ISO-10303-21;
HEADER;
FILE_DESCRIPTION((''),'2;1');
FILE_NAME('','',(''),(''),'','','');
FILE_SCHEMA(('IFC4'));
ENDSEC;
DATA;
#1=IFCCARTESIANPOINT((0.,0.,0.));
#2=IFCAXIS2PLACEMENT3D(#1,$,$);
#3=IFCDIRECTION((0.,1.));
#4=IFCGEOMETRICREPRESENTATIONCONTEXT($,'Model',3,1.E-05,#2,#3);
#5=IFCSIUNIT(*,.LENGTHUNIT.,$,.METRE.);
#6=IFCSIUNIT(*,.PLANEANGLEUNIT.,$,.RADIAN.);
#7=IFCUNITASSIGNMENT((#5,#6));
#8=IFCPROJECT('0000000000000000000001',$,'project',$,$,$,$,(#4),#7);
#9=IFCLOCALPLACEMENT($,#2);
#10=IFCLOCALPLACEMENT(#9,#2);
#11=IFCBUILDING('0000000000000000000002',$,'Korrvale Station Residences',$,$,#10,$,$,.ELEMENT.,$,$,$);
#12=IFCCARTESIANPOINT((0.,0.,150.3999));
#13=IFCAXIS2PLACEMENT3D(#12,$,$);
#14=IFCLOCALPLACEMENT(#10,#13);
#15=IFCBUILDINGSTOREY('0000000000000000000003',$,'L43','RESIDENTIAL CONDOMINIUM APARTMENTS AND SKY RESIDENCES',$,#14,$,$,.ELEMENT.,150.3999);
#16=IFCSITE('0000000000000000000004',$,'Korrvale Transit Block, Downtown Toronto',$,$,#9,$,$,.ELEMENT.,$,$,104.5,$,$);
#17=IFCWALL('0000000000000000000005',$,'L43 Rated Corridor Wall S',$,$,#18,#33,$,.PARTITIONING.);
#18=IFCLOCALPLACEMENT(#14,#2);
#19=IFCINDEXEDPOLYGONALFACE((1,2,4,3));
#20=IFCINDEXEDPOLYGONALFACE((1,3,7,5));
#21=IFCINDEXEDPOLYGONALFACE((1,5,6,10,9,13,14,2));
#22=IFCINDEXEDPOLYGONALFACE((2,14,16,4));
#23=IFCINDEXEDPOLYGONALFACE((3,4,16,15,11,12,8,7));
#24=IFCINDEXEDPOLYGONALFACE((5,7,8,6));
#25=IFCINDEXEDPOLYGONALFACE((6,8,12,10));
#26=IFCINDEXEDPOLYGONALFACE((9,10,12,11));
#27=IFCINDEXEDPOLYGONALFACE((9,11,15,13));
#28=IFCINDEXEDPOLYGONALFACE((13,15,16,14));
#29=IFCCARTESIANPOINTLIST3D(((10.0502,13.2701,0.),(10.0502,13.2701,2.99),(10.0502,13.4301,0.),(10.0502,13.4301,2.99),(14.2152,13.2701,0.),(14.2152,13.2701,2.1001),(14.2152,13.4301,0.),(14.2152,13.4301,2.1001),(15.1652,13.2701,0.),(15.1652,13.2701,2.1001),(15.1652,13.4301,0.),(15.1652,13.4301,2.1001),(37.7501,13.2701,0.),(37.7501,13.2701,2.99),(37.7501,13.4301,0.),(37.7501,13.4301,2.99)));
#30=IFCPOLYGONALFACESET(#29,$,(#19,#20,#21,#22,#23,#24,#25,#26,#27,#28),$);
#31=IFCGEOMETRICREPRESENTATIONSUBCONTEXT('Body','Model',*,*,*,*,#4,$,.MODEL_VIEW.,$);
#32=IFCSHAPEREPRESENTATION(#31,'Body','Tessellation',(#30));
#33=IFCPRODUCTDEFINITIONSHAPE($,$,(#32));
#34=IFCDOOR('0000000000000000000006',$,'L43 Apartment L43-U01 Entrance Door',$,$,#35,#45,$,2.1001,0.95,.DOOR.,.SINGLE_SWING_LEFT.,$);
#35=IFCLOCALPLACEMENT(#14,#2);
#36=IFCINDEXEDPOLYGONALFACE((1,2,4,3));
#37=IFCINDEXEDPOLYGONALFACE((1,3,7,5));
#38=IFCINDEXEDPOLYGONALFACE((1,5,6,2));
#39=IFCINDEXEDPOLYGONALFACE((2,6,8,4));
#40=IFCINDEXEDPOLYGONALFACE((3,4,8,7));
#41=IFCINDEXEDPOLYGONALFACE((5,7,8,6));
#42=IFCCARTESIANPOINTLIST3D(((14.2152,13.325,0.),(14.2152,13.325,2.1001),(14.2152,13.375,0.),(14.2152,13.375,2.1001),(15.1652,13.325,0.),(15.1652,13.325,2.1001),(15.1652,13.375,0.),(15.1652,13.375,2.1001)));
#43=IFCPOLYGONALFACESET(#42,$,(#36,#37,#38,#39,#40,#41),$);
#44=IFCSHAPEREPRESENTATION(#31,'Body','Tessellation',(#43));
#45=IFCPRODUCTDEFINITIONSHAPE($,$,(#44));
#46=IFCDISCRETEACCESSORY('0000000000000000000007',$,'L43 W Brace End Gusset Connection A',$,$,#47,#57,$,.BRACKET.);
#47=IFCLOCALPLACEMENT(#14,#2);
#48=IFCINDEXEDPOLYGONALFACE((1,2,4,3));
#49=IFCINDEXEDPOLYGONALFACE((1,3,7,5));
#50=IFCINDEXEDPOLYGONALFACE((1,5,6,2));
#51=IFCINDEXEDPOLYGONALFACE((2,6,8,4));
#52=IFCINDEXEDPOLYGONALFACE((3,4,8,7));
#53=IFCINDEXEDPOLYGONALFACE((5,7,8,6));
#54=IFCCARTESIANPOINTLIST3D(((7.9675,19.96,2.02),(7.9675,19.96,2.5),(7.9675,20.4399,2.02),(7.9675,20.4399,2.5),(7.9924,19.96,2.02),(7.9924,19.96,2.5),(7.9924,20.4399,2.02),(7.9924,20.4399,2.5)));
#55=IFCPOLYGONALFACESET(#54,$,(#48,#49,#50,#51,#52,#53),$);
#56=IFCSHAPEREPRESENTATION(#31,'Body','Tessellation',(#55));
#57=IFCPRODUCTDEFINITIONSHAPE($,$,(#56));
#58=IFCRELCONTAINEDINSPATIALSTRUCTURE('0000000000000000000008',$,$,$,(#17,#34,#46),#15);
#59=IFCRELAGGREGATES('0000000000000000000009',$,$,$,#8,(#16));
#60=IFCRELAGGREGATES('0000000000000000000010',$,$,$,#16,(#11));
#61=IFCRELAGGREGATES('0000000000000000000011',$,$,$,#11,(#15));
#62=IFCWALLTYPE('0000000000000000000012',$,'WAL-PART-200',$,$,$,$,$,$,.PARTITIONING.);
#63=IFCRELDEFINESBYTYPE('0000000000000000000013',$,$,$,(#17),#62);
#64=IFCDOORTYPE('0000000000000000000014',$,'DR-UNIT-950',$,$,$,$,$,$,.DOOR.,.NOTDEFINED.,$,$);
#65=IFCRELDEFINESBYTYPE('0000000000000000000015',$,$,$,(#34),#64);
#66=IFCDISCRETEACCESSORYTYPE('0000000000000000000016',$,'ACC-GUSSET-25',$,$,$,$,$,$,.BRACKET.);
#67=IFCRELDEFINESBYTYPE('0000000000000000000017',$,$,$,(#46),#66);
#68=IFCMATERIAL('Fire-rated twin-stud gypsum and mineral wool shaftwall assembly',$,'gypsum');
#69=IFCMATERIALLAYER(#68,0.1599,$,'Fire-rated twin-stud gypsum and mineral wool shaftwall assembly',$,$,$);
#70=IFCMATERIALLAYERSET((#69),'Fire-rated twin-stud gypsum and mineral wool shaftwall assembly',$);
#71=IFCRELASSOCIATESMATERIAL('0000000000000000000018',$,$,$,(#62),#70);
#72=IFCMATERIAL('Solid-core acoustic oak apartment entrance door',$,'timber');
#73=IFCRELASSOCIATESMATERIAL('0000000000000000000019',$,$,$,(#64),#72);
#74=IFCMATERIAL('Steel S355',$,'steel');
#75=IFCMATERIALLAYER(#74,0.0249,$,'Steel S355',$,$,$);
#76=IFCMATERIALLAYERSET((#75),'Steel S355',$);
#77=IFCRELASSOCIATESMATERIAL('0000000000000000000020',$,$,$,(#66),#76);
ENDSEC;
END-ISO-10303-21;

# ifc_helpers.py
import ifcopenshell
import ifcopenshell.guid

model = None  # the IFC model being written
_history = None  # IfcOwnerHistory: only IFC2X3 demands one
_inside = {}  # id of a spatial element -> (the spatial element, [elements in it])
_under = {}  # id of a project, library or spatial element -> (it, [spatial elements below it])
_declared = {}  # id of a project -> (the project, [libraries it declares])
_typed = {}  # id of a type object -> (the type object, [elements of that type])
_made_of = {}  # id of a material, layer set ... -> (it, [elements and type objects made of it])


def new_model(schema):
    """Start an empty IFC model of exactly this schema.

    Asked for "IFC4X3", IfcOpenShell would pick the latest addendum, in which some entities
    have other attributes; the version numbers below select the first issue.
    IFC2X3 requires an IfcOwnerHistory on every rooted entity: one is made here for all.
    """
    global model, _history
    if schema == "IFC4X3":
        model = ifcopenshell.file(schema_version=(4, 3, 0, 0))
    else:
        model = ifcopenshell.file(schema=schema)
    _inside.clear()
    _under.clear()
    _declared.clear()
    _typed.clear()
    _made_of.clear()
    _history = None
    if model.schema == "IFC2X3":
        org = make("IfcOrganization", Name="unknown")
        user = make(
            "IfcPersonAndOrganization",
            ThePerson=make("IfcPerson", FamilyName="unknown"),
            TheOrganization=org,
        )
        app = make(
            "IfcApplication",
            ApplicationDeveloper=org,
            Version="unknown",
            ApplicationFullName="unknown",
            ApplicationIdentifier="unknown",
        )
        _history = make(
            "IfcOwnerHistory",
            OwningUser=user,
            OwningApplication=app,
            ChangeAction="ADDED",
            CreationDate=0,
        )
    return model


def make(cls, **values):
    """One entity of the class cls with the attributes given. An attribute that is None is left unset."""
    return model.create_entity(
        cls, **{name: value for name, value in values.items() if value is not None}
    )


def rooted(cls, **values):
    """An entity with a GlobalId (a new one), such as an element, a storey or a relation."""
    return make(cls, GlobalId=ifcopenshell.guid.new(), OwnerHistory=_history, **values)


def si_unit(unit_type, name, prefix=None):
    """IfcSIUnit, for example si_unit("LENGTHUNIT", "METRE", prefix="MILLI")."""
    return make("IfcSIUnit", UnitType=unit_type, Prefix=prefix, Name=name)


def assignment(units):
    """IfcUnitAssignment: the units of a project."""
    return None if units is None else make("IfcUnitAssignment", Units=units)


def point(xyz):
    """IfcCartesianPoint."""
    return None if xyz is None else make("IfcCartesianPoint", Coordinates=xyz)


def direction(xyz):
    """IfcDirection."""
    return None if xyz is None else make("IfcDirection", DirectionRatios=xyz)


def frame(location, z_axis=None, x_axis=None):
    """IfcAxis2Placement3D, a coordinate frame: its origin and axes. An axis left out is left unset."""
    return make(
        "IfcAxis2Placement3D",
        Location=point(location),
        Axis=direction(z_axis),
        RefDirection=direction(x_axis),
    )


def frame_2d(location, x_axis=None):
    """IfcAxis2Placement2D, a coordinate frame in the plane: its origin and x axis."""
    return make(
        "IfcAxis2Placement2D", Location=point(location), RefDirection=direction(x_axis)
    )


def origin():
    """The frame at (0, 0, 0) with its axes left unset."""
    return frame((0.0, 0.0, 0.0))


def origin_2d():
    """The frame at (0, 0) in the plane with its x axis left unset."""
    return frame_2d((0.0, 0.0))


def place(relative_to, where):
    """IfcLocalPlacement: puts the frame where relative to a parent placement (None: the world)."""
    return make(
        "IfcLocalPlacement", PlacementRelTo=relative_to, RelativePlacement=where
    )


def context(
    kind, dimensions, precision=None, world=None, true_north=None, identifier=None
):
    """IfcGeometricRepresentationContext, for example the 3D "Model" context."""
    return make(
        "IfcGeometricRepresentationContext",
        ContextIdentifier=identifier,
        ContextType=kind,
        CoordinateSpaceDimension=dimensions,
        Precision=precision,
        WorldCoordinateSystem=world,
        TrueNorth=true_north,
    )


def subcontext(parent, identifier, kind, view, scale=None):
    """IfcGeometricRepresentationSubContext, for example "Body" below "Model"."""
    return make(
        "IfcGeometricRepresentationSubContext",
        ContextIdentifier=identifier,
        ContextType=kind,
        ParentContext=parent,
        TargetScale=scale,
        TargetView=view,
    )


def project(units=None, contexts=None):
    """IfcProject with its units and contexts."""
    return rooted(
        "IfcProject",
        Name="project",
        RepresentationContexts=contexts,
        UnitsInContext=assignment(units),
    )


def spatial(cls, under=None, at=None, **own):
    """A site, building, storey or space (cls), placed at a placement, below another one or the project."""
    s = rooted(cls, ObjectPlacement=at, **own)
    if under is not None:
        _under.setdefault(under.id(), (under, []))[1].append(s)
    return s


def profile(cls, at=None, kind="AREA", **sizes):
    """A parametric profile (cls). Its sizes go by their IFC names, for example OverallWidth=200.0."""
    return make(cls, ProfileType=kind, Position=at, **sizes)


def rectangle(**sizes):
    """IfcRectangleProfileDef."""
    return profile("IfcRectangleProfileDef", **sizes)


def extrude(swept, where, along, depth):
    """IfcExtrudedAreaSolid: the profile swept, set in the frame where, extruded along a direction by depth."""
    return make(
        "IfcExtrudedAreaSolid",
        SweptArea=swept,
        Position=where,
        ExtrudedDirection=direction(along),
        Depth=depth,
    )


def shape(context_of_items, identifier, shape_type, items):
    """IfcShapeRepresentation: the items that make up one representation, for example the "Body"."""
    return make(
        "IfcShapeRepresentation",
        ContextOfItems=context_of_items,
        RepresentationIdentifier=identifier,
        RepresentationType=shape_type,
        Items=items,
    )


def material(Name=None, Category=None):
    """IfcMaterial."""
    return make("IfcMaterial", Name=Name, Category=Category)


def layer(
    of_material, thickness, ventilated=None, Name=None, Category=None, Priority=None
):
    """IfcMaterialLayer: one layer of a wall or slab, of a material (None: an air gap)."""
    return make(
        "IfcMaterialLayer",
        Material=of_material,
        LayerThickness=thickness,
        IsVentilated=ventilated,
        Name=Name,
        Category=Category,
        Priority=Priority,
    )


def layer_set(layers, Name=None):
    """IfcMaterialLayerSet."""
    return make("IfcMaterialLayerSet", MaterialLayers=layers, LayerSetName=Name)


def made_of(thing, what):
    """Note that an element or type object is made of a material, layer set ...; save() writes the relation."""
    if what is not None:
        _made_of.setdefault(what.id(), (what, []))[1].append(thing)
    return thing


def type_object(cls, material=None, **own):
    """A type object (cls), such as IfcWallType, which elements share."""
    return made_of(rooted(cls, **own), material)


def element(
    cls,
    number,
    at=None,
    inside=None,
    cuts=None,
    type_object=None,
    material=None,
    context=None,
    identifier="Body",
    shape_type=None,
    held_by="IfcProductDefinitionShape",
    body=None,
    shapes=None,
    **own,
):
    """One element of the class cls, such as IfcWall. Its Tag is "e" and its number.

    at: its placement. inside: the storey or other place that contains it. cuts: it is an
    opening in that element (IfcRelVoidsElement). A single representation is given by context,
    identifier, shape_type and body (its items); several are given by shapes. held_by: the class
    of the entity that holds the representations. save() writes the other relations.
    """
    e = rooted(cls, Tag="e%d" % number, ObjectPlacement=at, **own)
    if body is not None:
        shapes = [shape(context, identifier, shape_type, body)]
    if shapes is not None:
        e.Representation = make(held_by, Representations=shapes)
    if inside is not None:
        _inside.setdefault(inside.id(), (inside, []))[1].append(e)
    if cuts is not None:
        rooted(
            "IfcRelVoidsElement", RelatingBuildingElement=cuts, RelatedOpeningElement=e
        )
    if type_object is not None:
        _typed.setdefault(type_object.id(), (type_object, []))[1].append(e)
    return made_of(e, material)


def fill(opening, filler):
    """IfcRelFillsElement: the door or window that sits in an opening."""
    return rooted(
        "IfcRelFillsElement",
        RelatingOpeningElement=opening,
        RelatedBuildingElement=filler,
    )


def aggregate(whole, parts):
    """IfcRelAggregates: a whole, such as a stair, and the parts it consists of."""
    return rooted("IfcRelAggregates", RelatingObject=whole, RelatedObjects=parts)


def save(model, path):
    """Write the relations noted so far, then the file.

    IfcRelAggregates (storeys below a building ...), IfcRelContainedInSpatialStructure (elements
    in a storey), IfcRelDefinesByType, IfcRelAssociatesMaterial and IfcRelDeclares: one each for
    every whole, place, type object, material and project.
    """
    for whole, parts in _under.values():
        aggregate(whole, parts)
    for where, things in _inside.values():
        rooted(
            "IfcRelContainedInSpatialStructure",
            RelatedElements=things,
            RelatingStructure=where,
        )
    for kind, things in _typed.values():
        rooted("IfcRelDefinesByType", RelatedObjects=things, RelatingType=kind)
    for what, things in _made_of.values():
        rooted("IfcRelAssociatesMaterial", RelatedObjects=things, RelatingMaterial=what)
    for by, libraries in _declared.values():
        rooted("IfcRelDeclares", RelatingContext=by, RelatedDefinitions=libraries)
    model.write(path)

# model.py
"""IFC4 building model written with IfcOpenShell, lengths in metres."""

from ifc_helpers import new_model, si_unit, direction, frame, frame_2d, origin, origin_2d, place, context, subcontext, project, spatial, rectangle, extrude, material, layer, layer_set, type_object, element, fill, save


model = new_model("IFC4")

# Units and contexts
model_context = context("Model", 3, precision=1e-05, world=origin(), true_north=direction((0.0, 1.0)))
body_context = subcontext(model_context, "Body", "Model", "MODEL_VIEW")
ifc_project = project(units=[si_unit("LENGTHUNIT", "METRE"), si_unit("PLANEANGLEUNIT", "RADIAN")], contexts=[model_context])

# Site, building, storey
site_placement = place(None, origin())
site = spatial("IfcSite", under=ifc_project, at=site_placement, Name="Korrvale Transit Block, Downtown Toronto", CompositionType="ELEMENT", RefElevation=104.5)
building_placement = place(site_placement, origin())
building = spatial("IfcBuilding", under=site, at=building_placement, Name="Korrvale Station Residences", CompositionType="ELEMENT")
storey_placement = place(building_placement, frame((0.0, 0.0, 150.3999)))
storey = spatial("IfcBuildingStorey", under=building, at=storey_placement, Name="L43", Description="RESIDENTIAL CONDOMINIUM APARTMENTS AND SKY RESIDENCES", CompositionType="ELEMENT", Elevation=150.3999)

# Shared definitions
ifc_material_1 = material(Name="Steel S355", Category="steel")

# Shared definitions
ifc_material_2 = material(Name="Fire-rated twin-stud gypsum and mineral wool shaftwall assembly", Category="gypsum")
ifc_layer_1 = layer(ifc_material_2, 0.1599, Name="Fire-rated twin-stud gypsum and mineral wool shaftwall assembly")
ifc_layer_set_1 = layer_set([ifc_layer_1], Name="Fire-rated twin-stud gypsum and mineral wool shaftwall assembly")
wall_type_1 = type_object("IfcWallType", Name="WAL-PART-200", PredefinedType="PARTITIONING", material=ifc_layer_set_1)

# Wall, opening, door
wall_1_placement = place(storey_placement, frame((10.05, 13.3501, 0.0), z_axis=(0.0, 0.0, 1.0), x_axis=(1.0, 0.0, 0.0)))
wall_1 = element("IfcWall", 1, at=wall_1_placement, inside=storey, type_object=wall_type_1, Name="L43 Rated Corridor Wall S", PredefinedType="PARTITIONING", context=body_context, shape_type="SweptSolid", body=[
    extrude(rectangle(XDim=27.7, YDim=0.1599, at=frame_2d((13.8501, 0.0))), origin(), (0.0, 0.0, 1.0), 2.99),
])
opening_1_placement = place(wall_1_placement, frame((4.165, 0.0, 0.0)))
opening_1 = element("IfcOpeningElement", 2, at=opening_1_placement, cuts=wall_1, PredefinedType="OPENING", context=body_context, shape_type="SweptSolid", body=[
    extrude(rectangle(XDim=0.95, YDim=2.1001, at=frame_2d((0.4751, 1.05))), frame((0.0, 0.0898, 0.0), z_axis=(0.0, -1.0, 0.0), x_axis=(1.0, 0.0, 0.0)), (0.0, 0.0, 1.0), 0.1799),
])
ifc_material_3 = material(Name="Solid-core acoustic oak apartment entrance door", Category="timber")
door_type_1 = type_object("IfcDoorType", Name="DR-UNIT-950", OperationType="NOTDEFINED", PredefinedType="DOOR", material=ifc_material_3)
door_1_placement = place(opening_1_placement, origin())
door_1 = element("IfcDoor", 3, at=door_1_placement, inside=storey, type_object=door_type_1, Name="L43 Apartment L43-U01 Entrance Door", OperationType="SINGLE_SWING_LEFT", OverallHeight=2.1001, OverallWidth=0.95, PredefinedType="DOOR", context=body_context, shape_type="SweptSolid", body=[
    extrude(rectangle(XDim=0.95, YDim=2.1001, at=frame_2d((0.4751, 1.05))), frame((0.0, 0.0249, 0.0), z_axis=(0.0, -1.0, 0.0), x_axis=(1.0, 0.0, 0.0)), (0.0, 0.0, 1.0), 0.05),
])
fill(opening_1, door_1)

# Discrete accessory
ifc_layer_2 = layer(ifc_material_1, 0.0249, Name="Steel S355")
ifc_layer_set_2 = layer_set([ifc_layer_2], Name="Steel S355")
discrete_accessory_type = type_object("IfcDiscreteAccessoryType", Name="ACC-GUSSET-25", PredefinedType="BRACKET", material=ifc_layer_set_2)
discrete_accessory_placement = place(storey_placement, frame((7.98, 20.2, 2.02), z_axis=(0.0, 0.0, 1.0), x_axis=(0.0, 1.0, 0.0)))
element("IfcDiscreteAccessory", 4, at=discrete_accessory_placement, inside=storey, type_object=discrete_accessory_type, Name="L43 W Brace End Gusset Connection A", PredefinedType="BRACKET", context=body_context, shape_type="SweptSolid", body=[
    extrude(rectangle(XDim=0.48, YDim=0.0249, at=origin_2d()), origin(), (0.0, 0.0, 1.0), 0.48),
])

save(model, "model.ifc")
